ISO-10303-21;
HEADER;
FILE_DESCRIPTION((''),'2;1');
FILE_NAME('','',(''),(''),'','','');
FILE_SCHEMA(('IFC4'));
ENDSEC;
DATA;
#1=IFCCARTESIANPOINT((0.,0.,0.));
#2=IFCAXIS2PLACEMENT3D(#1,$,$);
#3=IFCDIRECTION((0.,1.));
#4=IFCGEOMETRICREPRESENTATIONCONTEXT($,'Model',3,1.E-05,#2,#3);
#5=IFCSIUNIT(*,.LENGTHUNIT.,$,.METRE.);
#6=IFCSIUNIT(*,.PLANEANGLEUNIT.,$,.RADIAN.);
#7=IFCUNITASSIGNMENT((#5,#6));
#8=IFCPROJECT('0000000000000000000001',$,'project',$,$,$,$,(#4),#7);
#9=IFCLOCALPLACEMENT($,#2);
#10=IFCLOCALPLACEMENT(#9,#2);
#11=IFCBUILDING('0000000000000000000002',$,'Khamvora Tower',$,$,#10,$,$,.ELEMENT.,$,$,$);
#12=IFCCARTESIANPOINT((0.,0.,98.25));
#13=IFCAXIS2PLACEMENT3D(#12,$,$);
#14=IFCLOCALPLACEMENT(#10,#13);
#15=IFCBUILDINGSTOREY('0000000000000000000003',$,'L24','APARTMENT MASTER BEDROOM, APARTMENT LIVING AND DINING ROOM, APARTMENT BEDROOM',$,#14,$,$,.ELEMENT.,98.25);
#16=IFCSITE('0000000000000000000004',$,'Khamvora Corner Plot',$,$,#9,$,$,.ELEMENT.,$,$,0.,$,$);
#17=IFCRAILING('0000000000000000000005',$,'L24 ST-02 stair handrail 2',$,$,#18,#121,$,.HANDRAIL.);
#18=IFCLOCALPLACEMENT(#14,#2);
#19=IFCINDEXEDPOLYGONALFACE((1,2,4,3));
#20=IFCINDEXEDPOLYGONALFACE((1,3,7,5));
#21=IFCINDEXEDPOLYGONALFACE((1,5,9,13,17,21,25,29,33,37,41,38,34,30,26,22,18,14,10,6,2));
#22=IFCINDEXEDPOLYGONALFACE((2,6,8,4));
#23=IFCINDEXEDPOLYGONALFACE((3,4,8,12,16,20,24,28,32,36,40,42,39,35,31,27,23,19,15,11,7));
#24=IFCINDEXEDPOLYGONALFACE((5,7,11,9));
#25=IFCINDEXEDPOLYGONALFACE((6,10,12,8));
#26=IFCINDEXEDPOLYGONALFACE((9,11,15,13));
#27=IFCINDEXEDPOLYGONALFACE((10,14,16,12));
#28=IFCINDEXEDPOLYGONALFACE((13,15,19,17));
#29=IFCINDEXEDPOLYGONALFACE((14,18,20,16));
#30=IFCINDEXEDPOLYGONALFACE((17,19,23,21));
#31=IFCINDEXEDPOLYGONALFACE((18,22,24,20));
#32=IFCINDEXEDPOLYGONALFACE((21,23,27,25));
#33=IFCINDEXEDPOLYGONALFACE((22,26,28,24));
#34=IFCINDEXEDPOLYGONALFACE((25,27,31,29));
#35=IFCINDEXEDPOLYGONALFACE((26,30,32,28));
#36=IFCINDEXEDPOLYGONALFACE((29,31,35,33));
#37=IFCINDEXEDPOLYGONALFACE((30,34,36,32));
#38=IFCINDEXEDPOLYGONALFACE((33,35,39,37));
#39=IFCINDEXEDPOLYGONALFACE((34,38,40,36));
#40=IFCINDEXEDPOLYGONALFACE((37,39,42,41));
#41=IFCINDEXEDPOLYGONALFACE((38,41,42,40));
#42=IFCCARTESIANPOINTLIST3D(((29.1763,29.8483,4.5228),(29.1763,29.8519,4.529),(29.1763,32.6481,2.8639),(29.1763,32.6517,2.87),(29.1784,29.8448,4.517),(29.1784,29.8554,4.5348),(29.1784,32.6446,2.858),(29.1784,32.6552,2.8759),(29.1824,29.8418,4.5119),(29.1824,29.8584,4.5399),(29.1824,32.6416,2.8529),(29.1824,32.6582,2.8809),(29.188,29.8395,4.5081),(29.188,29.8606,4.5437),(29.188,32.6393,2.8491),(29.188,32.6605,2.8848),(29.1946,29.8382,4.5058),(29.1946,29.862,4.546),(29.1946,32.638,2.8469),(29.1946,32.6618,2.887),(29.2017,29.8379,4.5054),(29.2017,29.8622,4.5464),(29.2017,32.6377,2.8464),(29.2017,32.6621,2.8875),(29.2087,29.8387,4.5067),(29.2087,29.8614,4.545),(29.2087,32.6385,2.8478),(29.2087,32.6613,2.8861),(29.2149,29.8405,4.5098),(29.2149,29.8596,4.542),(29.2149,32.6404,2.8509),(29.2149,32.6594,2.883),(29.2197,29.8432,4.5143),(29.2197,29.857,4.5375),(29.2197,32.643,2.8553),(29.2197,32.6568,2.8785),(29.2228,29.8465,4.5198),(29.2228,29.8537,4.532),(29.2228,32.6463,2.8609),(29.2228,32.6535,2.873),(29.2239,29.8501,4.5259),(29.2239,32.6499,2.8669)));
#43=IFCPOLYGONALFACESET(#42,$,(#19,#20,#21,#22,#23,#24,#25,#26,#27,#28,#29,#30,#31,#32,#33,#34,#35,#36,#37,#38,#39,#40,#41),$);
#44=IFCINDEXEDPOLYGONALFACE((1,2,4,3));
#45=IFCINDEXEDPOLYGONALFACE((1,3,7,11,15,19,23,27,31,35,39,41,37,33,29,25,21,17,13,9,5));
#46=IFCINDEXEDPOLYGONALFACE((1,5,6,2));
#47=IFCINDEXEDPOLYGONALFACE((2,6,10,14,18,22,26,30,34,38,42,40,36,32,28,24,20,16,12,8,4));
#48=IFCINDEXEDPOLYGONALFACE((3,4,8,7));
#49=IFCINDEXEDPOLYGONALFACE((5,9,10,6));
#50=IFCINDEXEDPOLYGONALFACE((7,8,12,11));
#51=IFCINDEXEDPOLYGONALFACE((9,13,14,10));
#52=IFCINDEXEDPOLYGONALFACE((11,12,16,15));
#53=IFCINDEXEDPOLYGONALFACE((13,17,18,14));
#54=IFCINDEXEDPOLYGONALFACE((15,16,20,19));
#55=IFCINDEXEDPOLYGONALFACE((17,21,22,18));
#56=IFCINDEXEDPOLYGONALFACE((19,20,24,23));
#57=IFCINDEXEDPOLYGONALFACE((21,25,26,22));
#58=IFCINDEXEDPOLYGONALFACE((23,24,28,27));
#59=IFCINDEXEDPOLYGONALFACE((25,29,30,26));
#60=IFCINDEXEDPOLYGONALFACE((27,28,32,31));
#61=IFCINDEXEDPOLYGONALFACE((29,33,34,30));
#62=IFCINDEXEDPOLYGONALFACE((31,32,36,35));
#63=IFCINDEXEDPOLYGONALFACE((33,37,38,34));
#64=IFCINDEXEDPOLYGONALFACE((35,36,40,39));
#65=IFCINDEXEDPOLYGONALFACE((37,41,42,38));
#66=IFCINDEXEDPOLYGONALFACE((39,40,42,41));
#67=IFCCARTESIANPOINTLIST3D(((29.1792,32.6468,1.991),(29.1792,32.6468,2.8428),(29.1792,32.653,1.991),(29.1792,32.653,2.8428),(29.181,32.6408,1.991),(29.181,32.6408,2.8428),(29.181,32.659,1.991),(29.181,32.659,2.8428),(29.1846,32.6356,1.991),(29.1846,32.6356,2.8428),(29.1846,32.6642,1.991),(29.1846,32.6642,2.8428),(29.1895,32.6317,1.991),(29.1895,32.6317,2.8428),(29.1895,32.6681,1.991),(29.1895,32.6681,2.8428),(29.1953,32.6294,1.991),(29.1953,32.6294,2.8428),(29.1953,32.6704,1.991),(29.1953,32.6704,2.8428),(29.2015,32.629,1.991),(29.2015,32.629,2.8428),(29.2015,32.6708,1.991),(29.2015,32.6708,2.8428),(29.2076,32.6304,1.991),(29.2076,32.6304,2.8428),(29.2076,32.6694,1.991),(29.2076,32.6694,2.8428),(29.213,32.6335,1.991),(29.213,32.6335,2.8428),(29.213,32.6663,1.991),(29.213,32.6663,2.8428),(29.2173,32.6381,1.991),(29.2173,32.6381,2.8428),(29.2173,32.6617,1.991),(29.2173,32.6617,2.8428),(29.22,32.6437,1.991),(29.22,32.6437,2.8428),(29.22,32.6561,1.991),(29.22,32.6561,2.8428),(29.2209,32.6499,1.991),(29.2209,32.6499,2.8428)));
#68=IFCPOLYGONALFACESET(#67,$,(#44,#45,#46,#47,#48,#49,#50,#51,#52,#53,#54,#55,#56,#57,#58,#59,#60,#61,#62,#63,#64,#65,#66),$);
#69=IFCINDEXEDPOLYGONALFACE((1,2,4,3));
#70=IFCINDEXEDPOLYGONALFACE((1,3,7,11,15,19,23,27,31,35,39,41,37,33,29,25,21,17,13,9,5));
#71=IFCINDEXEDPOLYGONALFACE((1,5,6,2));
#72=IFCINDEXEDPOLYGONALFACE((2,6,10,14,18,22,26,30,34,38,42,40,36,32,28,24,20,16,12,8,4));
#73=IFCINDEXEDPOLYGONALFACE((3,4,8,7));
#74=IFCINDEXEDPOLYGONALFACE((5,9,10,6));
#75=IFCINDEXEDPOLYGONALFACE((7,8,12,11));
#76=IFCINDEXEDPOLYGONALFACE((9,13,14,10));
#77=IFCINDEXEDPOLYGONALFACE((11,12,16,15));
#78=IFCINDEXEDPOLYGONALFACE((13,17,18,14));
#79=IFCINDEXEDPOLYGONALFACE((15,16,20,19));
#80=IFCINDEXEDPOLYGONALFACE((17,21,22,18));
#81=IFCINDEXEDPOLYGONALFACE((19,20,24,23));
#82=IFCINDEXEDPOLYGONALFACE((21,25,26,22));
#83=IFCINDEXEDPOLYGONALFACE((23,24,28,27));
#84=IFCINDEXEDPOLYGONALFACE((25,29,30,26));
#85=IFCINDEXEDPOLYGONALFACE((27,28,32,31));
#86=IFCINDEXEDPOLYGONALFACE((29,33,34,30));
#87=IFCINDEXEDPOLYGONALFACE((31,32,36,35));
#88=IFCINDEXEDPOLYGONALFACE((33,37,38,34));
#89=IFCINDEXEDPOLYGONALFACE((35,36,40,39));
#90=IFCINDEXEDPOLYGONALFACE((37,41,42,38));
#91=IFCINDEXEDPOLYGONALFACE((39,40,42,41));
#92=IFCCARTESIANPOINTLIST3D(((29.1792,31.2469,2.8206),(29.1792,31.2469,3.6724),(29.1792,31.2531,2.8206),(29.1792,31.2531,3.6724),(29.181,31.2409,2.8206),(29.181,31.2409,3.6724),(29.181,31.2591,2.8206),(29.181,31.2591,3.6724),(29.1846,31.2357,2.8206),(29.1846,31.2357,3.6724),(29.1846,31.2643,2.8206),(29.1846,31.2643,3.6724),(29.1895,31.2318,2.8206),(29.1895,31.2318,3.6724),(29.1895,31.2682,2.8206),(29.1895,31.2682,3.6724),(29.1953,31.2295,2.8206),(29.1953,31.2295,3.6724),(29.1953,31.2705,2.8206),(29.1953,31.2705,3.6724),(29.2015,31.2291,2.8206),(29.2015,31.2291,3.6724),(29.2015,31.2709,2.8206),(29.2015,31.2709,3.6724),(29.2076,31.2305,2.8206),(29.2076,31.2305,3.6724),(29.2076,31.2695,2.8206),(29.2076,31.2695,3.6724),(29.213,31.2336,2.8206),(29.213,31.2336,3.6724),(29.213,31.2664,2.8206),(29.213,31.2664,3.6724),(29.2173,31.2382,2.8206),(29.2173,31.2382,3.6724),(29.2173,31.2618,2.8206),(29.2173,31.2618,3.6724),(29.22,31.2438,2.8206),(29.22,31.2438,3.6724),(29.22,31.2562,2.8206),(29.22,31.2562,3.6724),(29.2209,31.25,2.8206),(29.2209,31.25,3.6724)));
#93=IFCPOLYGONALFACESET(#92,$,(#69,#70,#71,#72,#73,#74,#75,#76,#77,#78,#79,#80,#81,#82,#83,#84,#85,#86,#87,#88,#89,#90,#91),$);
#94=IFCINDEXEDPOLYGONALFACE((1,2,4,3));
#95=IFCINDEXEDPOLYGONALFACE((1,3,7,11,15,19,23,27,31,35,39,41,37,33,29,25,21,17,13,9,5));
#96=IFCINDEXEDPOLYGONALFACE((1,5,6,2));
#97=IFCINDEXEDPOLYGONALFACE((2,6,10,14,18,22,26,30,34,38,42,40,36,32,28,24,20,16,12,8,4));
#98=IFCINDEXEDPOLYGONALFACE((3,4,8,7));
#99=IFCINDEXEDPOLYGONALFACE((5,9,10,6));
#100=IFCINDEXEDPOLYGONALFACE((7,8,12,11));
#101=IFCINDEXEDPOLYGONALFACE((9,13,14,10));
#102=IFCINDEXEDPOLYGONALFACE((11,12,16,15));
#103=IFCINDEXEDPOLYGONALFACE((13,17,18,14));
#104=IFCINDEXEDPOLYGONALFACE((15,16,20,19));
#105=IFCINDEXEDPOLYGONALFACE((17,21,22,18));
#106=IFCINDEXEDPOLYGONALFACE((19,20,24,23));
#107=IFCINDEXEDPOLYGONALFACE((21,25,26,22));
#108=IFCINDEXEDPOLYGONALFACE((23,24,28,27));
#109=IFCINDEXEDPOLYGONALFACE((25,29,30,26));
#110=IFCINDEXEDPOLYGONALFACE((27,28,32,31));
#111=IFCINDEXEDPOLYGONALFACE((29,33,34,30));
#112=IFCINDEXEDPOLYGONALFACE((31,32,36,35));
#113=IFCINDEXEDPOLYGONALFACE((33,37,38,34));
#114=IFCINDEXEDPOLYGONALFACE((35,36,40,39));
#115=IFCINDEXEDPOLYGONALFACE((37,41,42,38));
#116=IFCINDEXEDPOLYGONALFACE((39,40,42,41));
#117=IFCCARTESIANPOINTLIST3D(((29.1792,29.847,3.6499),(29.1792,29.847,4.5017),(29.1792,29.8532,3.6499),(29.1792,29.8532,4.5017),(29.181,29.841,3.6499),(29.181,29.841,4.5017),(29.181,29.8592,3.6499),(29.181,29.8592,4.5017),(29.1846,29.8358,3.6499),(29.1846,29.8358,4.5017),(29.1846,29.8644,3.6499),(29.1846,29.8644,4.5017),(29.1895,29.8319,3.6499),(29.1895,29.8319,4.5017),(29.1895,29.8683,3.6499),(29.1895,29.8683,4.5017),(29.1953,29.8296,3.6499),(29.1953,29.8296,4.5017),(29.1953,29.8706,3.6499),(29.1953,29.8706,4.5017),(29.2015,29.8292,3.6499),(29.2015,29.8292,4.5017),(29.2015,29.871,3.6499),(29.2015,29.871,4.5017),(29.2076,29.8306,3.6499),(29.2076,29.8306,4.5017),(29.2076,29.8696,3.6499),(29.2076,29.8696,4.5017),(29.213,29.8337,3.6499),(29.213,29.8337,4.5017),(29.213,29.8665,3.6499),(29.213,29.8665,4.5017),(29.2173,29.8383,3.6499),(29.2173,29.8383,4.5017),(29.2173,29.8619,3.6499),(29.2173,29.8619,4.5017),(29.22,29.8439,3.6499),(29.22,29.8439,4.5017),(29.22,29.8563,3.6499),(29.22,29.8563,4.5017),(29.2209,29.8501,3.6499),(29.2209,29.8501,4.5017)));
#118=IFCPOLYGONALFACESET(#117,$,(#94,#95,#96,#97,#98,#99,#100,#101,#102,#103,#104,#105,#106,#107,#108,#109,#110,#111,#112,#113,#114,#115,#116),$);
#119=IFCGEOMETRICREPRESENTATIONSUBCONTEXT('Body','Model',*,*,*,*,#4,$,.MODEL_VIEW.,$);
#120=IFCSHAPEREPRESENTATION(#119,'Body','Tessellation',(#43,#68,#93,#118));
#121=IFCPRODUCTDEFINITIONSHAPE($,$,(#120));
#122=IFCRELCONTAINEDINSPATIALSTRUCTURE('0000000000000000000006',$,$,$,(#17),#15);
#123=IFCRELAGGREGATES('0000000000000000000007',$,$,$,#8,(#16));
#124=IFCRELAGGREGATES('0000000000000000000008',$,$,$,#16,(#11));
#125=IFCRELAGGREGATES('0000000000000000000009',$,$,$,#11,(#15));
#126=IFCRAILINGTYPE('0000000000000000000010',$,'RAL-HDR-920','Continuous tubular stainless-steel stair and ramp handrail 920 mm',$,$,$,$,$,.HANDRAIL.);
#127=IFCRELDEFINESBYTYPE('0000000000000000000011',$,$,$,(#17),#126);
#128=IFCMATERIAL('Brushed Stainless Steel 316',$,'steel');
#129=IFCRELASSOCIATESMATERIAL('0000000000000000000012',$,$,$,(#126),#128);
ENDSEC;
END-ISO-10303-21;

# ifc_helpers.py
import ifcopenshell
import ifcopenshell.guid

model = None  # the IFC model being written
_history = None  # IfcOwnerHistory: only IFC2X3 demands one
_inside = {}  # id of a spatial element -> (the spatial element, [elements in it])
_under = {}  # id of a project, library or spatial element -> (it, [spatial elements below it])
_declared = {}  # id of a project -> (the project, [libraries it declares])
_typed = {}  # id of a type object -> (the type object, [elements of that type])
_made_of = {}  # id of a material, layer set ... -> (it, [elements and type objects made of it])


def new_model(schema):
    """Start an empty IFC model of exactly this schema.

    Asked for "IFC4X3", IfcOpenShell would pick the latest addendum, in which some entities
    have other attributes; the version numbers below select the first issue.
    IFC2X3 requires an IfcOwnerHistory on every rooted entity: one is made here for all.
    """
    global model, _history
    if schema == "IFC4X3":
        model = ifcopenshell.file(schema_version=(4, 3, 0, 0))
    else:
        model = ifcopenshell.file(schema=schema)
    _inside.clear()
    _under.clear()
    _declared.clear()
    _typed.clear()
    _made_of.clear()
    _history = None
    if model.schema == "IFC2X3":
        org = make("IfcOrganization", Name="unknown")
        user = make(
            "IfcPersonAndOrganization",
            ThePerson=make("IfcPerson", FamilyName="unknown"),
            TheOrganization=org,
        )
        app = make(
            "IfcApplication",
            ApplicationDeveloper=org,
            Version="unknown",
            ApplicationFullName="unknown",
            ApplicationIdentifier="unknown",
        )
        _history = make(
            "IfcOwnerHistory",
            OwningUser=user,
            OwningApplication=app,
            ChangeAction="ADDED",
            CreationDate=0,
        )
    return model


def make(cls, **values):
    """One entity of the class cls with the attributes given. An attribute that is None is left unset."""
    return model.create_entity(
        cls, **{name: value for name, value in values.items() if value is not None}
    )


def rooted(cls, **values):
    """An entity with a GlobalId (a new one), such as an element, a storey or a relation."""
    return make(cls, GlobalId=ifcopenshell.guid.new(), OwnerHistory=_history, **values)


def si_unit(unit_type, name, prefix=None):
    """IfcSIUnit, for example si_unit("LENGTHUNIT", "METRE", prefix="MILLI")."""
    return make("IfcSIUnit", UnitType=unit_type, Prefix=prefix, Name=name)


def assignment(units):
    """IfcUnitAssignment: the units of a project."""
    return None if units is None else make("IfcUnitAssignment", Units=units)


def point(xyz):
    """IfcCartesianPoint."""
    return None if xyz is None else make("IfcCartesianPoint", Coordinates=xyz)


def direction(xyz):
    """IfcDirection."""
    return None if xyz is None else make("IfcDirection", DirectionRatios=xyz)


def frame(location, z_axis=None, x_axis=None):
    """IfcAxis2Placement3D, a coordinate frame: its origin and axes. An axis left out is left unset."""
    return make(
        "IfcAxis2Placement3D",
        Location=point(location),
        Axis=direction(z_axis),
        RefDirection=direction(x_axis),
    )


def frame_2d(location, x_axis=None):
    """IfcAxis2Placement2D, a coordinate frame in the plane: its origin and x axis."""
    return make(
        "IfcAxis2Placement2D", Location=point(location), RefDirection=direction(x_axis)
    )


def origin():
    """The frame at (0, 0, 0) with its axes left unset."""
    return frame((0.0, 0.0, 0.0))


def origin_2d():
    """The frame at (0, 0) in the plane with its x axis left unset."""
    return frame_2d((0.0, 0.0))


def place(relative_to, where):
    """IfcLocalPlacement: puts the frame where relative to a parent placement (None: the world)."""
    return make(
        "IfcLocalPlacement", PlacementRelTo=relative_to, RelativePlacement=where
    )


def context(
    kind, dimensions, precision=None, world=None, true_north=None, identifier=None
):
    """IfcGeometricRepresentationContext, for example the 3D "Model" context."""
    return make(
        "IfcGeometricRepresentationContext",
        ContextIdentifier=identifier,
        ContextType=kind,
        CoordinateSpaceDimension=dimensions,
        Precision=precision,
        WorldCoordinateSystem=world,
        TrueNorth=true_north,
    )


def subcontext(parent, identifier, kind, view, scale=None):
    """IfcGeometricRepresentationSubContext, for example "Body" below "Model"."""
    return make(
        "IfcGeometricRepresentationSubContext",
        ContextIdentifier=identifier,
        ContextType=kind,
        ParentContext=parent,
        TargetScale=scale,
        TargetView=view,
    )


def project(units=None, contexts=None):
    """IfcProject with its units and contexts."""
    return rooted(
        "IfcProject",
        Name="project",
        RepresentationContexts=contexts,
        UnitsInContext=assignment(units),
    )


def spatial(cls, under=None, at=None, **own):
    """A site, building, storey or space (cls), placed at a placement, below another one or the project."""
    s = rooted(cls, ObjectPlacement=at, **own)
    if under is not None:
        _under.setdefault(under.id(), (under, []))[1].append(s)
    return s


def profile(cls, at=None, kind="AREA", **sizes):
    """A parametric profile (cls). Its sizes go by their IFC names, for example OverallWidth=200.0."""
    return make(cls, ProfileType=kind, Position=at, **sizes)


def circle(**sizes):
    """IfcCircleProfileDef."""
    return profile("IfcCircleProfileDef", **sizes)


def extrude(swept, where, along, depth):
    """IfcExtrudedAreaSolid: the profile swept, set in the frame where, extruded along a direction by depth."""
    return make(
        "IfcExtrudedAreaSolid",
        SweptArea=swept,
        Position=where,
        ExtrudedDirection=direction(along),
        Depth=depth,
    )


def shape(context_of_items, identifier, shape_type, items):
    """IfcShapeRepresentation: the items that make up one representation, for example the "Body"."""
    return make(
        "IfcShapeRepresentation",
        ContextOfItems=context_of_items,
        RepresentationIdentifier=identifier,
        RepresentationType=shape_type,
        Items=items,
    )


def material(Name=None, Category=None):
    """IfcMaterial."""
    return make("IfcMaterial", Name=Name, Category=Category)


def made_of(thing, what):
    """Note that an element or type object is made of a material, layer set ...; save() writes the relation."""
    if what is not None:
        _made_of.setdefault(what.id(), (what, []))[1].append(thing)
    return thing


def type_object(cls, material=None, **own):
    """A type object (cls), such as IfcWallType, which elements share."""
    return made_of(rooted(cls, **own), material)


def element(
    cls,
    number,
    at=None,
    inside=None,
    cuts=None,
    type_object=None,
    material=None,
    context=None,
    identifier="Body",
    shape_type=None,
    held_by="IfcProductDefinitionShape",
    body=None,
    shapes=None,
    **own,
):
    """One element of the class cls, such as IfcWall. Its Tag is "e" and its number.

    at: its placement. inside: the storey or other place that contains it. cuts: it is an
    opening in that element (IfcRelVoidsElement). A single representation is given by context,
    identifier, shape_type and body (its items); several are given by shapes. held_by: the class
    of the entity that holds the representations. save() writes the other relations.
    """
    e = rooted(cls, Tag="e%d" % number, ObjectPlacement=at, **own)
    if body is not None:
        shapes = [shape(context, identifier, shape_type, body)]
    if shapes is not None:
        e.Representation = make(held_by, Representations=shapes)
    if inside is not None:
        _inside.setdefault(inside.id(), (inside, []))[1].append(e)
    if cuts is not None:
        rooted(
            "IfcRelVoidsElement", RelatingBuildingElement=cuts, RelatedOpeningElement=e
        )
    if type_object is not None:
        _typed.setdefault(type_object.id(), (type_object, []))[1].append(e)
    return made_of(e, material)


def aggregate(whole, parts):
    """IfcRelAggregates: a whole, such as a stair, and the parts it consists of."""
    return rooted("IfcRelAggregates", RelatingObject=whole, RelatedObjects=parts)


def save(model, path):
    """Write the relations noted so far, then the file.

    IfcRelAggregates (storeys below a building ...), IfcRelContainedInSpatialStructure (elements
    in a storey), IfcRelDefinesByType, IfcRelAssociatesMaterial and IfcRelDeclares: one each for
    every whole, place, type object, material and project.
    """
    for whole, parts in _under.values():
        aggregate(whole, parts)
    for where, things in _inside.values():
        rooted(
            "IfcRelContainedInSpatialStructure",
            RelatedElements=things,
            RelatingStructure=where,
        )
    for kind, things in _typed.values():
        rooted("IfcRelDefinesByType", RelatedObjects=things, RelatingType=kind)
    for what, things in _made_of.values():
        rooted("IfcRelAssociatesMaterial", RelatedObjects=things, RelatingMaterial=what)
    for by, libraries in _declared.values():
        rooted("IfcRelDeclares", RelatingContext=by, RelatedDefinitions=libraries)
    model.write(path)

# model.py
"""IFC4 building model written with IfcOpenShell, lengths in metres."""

from ifc_helpers import new_model, si_unit, direction, frame, origin, origin_2d, place, context, subcontext, project, spatial, circle, extrude, material, type_object, element, save


model = new_model("IFC4")

# Units and contexts
model_context = context("Model", 3, precision=1e-05, world=origin(), true_north=direction((0.0, 1.0)))
body_context = subcontext(model_context, "Body", "Model", "MODEL_VIEW")
ifc_project = project(units=[si_unit("LENGTHUNIT", "METRE"), si_unit("PLANEANGLEUNIT", "RADIAN")], contexts=[model_context])

# Site, building, storey
site_placement = place(None, origin())
site = spatial("IfcSite", under=ifc_project, at=site_placement, Name="Khamvora Corner Plot", CompositionType="ELEMENT", RefElevation=0.0)
building_placement = place(site_placement, origin())
building = spatial("IfcBuilding", under=site, at=building_placement, Name="Khamvora Tower", CompositionType="ELEMENT")
storey_placement = place(building_placement, frame((0.0, 0.0, 98.25)))
storey = spatial("IfcBuildingStorey", under=building, at=storey_placement, Name="L24", Description="APARTMENT MASTER BEDROOM, APARTMENT LIVING AND DINING ROOM, APARTMENT BEDROOM", CompositionType="ELEMENT", Elevation=98.25)

# Railing
ifc_material_1 = material(Name="Brushed Stainless Steel 316", Category="steel")
railing_type_1 = type_object("IfcRailingType", Name="RAL-HDR-920", Description="Continuous tubular stainless-steel stair and ramp handrail 920 mm", PredefinedType="HANDRAIL", material=ifc_material_1)
railing_1_placement = place(storey_placement, frame((29.2, 32.6499, 1.991)))
element("IfcRailing", 1, at=railing_1_placement, inside=storey, type_object=railing_type_1, Name="L24 ST-02 stair handrail 2", PredefinedType="HANDRAIL", context=body_context, shape_type="SweptSolid", body=[
    extrude(circle(Radius=0.0239, at=origin_2d()), frame((0.0, 0.0, 0.876), z_axis=(0.0, -0.86032, 0.509755), x_axis=(1.0, 0.0, 0.0)), (0.0, 0.0, 1.0), 3.2544),
    extrude(circle(Radius=0.021, at=origin_2d()), origin(), (0.0, 0.0, 1.0), 0.8518),
    extrude(circle(Radius=0.021, at=origin_2d()), frame((0.0, -1.3999, 0.8296)), (0.0, 0.0, 1.0), 0.8518),
    extrude(circle(Radius=0.021, at=origin_2d()), frame((0.0, -2.7998, 1.6589)), (0.0, 0.0, 1.0), 0.8518),
])

save(model, "model.ifc")
